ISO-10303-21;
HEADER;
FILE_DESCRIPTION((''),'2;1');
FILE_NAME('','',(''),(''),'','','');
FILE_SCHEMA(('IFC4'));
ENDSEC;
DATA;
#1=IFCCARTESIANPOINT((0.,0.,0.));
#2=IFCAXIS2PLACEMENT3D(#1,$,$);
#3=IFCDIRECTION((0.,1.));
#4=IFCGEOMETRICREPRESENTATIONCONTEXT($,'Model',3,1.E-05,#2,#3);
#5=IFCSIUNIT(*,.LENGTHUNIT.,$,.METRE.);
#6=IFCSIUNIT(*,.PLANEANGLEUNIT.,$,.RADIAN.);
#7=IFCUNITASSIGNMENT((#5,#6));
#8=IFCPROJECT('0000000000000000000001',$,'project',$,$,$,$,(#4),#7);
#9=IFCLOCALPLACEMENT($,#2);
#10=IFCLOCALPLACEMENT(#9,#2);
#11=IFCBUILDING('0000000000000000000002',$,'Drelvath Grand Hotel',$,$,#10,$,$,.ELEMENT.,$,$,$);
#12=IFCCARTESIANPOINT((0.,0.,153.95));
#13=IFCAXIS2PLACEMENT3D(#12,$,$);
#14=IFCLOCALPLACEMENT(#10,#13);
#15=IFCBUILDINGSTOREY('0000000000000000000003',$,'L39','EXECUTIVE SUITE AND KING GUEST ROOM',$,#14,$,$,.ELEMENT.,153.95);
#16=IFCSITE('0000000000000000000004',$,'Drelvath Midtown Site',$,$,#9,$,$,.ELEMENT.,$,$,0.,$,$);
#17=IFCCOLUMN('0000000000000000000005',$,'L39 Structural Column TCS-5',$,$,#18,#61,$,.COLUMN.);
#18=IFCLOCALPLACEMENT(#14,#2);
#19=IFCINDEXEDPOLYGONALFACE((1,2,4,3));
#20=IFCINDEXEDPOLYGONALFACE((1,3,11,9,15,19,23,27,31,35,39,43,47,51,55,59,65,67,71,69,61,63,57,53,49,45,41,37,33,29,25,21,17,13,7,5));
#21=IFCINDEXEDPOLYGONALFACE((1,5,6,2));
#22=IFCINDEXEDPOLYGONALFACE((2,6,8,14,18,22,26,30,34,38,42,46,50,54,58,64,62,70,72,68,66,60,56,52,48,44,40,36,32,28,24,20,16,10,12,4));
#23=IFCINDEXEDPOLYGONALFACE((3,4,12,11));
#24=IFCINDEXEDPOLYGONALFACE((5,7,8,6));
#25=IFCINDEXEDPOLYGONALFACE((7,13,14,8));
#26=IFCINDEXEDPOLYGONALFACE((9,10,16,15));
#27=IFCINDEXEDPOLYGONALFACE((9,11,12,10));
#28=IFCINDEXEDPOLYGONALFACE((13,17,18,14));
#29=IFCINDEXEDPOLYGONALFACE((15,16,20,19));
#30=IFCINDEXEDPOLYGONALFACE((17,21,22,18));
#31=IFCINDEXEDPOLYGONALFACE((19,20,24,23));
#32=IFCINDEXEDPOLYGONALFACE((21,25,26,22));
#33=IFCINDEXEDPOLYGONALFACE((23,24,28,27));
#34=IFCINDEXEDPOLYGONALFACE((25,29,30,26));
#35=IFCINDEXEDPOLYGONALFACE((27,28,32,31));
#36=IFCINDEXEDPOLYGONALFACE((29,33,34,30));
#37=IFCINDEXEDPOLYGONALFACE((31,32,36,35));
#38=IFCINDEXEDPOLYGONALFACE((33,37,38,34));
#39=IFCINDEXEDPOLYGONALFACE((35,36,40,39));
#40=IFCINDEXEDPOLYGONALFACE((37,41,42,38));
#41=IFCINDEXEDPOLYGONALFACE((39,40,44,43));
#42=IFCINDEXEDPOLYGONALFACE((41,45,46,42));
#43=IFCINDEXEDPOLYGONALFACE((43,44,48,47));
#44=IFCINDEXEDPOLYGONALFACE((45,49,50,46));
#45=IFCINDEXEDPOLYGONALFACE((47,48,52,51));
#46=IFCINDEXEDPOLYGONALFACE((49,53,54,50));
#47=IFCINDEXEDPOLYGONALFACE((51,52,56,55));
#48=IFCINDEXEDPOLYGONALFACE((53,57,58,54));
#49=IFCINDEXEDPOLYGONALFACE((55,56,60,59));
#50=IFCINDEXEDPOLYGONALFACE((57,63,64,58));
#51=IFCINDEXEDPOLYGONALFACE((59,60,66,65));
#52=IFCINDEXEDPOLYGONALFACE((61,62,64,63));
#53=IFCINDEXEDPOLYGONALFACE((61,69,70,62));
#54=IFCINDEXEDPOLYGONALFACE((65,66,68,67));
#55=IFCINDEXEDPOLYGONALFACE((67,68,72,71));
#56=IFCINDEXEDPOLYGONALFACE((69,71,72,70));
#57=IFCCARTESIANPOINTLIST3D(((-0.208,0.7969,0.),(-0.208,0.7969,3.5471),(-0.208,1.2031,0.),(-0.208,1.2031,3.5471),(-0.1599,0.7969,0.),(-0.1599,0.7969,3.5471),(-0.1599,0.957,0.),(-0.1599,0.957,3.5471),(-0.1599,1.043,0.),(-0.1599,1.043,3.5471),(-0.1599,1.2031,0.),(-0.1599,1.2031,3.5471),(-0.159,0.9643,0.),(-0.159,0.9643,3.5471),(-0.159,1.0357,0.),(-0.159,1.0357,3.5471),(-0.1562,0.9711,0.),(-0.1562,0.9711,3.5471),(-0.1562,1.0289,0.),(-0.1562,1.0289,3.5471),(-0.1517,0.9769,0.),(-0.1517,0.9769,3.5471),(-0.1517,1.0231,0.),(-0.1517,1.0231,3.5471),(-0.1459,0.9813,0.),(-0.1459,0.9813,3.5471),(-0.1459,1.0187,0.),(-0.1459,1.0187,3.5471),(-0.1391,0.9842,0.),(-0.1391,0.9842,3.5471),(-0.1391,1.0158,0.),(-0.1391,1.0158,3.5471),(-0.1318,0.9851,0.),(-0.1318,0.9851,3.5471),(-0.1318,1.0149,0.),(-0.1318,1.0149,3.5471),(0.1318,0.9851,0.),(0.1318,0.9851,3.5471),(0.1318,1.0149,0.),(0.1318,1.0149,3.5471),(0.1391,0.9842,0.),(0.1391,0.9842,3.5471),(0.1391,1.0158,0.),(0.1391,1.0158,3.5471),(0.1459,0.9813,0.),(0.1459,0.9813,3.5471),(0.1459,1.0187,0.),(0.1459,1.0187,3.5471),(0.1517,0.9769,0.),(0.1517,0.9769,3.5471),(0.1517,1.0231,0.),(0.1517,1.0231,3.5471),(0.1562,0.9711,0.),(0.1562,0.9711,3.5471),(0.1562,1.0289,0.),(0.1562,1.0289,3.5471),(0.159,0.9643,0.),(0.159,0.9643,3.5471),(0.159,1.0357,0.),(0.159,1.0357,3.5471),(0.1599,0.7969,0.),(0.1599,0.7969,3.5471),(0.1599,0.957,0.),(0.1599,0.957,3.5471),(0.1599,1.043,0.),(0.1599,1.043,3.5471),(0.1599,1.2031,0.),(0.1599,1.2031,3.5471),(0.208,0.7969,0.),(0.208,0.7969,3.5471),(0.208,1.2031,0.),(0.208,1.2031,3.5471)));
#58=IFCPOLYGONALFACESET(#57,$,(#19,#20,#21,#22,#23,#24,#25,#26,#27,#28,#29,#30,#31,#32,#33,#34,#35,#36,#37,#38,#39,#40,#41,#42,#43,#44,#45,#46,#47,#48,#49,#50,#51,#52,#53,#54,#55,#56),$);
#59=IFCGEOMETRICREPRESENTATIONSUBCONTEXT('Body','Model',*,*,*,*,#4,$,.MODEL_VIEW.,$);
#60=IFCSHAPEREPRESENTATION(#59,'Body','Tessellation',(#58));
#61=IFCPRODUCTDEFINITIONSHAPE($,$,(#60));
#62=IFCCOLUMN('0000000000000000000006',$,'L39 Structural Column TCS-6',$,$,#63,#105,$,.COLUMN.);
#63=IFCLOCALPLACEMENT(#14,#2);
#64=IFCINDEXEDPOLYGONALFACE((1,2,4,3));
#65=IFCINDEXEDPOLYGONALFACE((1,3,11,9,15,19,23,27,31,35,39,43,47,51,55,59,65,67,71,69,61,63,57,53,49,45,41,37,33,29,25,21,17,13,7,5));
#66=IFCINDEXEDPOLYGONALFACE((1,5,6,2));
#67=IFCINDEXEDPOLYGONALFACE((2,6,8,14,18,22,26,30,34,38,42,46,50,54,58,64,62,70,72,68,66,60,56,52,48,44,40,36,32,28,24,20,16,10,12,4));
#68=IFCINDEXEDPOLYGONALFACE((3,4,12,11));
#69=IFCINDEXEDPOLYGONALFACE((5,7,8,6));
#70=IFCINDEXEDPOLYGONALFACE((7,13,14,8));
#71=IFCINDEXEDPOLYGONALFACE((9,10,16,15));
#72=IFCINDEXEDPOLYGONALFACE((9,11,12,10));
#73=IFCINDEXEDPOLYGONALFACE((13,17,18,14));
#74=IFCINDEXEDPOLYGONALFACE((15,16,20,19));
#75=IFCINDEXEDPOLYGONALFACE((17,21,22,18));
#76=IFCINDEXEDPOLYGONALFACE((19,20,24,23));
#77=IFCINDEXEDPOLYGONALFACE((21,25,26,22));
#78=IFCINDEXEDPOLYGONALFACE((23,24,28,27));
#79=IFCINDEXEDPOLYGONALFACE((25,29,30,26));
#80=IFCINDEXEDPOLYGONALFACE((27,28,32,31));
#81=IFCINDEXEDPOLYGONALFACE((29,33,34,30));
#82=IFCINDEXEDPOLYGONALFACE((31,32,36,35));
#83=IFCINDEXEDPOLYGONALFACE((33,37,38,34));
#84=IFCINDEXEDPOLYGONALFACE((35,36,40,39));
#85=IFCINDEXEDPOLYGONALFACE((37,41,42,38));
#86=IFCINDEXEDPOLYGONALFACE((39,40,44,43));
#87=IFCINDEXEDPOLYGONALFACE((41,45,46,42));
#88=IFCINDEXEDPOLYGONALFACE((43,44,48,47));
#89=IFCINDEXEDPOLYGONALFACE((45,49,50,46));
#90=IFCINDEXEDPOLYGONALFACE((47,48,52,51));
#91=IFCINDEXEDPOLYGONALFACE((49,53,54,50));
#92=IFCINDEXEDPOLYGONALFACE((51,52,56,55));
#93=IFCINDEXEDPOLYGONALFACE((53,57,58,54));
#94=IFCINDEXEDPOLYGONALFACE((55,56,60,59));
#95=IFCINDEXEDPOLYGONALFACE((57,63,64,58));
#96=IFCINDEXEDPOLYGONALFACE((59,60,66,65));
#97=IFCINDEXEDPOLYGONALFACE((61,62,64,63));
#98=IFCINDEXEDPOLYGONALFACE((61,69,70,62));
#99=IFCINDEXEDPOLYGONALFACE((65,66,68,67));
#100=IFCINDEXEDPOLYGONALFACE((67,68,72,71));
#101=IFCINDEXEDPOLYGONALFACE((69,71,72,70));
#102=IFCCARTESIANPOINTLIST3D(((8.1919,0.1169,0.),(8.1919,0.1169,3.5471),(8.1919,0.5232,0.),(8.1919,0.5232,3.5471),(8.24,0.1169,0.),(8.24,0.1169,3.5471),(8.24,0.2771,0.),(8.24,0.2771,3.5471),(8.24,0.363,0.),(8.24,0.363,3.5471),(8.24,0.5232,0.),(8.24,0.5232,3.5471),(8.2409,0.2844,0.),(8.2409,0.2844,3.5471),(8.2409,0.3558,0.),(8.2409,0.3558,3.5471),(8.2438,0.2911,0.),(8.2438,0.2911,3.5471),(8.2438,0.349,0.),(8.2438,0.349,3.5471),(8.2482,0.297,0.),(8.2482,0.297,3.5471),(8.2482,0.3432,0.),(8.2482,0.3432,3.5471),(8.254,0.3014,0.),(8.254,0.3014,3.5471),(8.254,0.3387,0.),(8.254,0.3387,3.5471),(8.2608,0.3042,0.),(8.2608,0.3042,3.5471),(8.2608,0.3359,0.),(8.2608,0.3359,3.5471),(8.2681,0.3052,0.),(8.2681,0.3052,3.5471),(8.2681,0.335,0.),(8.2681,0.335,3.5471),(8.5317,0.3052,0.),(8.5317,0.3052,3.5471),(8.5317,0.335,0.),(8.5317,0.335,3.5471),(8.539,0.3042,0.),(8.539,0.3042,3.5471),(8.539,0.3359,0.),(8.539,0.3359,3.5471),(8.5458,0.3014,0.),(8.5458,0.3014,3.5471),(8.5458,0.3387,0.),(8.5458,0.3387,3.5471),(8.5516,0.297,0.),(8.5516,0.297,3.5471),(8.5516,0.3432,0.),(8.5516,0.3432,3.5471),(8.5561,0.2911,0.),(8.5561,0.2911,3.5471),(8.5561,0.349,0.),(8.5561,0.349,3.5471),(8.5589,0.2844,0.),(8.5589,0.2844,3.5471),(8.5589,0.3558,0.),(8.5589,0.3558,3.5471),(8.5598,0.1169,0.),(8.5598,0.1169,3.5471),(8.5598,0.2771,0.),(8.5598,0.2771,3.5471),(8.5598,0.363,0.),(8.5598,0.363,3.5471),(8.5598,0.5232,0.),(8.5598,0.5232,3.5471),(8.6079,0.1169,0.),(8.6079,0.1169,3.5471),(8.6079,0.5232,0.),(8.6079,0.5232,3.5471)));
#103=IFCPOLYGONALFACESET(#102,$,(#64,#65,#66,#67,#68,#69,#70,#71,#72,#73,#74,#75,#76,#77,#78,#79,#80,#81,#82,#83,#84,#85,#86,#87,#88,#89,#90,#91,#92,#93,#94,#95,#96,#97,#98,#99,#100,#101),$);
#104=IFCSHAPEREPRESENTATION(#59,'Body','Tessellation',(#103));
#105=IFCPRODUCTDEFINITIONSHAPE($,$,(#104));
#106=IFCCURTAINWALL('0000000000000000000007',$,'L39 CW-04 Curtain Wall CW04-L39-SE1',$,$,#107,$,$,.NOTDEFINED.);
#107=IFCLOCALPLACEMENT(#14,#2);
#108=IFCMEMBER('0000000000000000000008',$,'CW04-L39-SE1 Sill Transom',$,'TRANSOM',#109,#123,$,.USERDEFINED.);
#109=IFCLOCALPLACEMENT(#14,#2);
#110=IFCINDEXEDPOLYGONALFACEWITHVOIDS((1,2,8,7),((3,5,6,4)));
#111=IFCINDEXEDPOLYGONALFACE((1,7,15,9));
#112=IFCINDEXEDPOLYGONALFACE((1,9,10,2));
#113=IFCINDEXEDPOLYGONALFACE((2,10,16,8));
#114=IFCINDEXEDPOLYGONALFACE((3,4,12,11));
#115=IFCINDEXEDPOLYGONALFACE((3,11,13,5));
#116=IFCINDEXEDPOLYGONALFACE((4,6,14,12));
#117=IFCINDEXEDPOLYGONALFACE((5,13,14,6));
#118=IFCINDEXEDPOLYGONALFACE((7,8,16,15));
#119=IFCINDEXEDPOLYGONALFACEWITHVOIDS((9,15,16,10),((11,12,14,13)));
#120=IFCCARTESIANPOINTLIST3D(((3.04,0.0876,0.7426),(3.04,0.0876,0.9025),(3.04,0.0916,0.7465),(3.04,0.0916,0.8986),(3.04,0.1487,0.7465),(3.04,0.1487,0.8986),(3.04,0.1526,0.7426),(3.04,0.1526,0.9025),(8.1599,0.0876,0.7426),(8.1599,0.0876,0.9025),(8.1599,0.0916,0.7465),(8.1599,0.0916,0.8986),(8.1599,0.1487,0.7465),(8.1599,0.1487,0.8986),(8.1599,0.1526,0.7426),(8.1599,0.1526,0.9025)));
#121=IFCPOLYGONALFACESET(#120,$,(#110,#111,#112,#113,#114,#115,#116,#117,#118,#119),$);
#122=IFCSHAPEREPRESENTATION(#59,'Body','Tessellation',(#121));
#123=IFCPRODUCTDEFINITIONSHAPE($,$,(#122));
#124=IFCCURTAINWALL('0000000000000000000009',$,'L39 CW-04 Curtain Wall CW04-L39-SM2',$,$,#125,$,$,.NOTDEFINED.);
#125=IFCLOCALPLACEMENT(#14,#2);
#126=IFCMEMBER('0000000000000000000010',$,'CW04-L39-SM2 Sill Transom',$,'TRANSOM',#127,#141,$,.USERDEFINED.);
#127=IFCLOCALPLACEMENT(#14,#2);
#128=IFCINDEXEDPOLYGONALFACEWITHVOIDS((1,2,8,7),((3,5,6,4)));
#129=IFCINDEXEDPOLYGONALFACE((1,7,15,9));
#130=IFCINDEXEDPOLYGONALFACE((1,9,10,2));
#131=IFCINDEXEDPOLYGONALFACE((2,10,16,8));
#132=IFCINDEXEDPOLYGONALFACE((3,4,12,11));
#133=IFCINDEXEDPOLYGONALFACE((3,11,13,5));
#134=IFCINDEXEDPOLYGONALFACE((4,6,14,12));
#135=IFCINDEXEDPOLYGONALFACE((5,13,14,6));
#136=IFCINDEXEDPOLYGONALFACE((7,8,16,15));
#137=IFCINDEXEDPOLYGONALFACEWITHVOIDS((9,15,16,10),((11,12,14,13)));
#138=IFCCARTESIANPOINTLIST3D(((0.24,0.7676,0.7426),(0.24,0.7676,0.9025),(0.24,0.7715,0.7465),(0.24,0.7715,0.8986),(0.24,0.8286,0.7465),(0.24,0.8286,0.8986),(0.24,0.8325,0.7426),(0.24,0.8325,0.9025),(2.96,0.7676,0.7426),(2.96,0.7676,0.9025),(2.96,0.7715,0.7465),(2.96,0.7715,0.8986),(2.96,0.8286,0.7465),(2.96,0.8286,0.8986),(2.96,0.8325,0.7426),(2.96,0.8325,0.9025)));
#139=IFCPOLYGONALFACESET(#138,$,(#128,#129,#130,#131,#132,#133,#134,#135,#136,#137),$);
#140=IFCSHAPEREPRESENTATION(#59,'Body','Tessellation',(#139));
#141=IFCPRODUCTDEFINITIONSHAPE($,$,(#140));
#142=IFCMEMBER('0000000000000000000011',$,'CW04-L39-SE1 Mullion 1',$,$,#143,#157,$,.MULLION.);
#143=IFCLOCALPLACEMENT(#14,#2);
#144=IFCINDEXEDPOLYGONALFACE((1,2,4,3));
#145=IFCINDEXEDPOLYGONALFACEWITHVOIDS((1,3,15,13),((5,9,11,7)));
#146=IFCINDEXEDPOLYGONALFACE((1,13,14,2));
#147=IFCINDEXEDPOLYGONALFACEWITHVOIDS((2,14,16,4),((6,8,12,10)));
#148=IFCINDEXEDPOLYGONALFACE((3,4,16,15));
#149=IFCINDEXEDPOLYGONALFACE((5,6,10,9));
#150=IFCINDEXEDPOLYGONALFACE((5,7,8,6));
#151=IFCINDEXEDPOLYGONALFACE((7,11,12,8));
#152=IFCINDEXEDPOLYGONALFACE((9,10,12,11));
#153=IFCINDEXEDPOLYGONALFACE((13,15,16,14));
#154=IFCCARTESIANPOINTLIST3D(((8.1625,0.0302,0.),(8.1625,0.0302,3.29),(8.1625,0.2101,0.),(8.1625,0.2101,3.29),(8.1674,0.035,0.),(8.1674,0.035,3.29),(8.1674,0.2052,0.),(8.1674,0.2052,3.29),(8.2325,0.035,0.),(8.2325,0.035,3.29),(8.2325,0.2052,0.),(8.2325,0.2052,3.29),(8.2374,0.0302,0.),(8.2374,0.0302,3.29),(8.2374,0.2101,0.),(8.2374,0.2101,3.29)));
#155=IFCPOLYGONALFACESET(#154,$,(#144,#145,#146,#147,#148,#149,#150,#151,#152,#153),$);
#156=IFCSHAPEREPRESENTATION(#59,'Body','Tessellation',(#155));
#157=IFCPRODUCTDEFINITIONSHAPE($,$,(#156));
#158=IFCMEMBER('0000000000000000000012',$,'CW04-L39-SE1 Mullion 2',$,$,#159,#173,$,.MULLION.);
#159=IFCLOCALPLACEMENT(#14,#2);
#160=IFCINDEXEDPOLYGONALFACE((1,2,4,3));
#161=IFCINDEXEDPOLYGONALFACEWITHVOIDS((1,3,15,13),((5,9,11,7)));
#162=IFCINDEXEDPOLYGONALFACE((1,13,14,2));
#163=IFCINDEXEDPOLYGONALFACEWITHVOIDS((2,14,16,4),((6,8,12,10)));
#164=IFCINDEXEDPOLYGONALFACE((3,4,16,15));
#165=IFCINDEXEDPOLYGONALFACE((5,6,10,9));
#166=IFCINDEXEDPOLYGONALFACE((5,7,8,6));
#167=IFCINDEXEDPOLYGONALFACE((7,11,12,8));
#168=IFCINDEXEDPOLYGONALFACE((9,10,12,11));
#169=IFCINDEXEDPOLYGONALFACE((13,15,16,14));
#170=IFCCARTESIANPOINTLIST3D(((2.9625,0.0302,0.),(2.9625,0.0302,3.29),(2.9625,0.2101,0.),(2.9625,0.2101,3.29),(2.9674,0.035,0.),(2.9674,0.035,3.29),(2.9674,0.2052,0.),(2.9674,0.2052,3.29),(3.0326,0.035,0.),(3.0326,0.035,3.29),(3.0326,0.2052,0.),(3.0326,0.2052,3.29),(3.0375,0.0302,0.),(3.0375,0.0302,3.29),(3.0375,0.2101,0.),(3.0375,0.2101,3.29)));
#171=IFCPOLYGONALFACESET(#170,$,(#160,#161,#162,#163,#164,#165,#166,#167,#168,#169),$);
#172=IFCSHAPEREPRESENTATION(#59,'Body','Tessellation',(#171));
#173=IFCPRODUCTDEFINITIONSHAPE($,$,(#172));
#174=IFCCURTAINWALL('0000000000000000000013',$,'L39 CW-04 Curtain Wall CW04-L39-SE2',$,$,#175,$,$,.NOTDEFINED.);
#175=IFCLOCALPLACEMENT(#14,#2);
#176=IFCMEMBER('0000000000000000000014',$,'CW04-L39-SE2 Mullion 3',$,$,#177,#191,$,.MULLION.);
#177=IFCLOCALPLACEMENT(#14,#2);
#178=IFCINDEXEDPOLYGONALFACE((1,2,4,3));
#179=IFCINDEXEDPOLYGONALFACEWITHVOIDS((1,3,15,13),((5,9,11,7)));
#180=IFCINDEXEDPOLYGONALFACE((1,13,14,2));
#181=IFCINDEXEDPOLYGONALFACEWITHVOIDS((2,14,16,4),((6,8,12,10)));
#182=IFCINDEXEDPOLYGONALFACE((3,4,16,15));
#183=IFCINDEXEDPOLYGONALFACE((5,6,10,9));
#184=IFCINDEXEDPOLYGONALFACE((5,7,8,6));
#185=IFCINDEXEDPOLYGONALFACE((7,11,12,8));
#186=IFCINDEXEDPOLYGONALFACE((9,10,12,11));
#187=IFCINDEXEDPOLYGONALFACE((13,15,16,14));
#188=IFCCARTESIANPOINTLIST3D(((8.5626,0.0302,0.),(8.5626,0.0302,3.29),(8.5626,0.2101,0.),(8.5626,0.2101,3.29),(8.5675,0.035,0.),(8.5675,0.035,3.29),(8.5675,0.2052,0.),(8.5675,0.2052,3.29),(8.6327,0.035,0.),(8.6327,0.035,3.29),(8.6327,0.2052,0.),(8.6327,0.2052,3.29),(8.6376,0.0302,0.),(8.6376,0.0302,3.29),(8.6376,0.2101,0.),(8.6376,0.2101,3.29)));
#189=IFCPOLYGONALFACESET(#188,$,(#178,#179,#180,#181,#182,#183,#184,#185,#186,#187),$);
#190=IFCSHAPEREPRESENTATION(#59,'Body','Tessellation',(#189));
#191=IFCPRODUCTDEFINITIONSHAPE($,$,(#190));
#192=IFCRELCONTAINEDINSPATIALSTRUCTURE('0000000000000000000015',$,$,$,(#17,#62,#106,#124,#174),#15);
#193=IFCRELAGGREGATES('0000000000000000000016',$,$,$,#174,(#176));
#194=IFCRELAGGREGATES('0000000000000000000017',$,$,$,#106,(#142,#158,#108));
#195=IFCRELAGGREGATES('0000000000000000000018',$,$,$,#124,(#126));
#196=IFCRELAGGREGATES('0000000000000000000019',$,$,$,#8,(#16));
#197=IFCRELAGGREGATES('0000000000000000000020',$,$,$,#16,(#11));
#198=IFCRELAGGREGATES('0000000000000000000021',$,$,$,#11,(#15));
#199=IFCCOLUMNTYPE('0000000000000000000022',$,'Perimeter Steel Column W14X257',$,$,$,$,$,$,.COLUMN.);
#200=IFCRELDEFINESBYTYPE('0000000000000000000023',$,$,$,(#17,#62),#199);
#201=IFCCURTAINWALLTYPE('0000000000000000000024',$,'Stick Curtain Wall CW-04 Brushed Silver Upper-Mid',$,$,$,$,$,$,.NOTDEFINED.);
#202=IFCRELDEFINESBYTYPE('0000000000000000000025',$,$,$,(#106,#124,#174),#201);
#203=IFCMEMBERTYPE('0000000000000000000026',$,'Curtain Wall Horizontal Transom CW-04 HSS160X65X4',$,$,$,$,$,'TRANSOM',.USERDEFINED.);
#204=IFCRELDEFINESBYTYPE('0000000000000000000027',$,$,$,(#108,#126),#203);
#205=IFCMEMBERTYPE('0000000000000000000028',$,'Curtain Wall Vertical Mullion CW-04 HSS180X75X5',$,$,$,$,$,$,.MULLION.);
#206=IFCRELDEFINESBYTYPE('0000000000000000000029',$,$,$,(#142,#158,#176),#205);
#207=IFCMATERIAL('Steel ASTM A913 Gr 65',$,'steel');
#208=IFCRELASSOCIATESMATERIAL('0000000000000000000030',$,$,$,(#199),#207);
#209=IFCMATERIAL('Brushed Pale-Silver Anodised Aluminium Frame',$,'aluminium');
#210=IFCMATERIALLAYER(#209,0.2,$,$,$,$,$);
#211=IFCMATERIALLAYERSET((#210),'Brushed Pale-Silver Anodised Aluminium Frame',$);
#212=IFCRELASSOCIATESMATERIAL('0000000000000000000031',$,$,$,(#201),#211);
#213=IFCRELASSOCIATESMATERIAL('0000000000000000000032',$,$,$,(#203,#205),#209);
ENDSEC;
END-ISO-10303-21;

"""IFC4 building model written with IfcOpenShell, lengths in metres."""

from ifc_helpers import new_model, si_unit, direction, frame, origin, origin_2d, place, context, subcontext, project, spatial, hollow_rectangle, i_section, extrude, material, layer, layer_set, material_profile, profile_set, type_object, element, aggregate, save


model = new_model("IFC4")

# Units and contexts
model_context = context("Model", 3, precision=1e-05, world=origin(), true_north=direction((0.0, 1.0)))
body_context = subcontext(model_context, "Body", "Model", "MODEL_VIEW")
ifc_project = project(units=[si_unit("LENGTHUNIT", "METRE"), si_unit("PLANEANGLEUNIT", "RADIAN")], contexts=[model_context])

# Site, building, storey
site_placement = place(None, origin())
site = spatial("IfcSite", under=ifc_project, at=site_placement, Name="Drelvath Midtown Site", CompositionType="ELEMENT", RefElevation=0.0)
building_placement = place(site_placement, origin())
building = spatial("IfcBuilding", under=site, at=building_placement, Name="Drelvath Grand Hotel", CompositionType="ELEMENT")
storey_placement = place(building_placement, frame((0.0, 0.0, 153.95)))
storey = spatial("IfcBuildingStorey", under=building, at=storey_placement, Name="L39", Description="EXECUTIVE SUITE AND KING GUEST ROOM", CompositionType="ELEMENT", Elevation=153.95)

# Columns
ifc_material_1 = material(Name="Steel ASTM A913 Gr 65", Category="steel")
ifc_material_profile_1 = material_profile(ifc_material_1, i_section(OverallWidth=0.4062, OverallDepth=0.416, WebThickness=0.0298, FlangeThickness=0.0481, FilletRadius=0.0281, at=origin_2d()), Name="W14X257")
ifc_profile_set_1 = profile_set([ifc_material_profile_1], Name="Steel ASTM A913 Gr 65")
column_type = type_object("IfcColumnType", Name="Perimeter Steel Column W14X257", PredefinedType="COLUMN", material=ifc_profile_set_1)
for number, where, z_axis, x_axis, name in (
    (1, (0.0, 1.0, 0.0), (0.0, 0.0, 1.0), (0.0, 1.0, 0.0), "L39 Structural Column TCS-5"),
    (2, (8.3999, 0.3201, 0.0), (0.0, 0.0, 1.0), (0.0, 1.0, 0.0), "L39 Structural Column TCS-6"),
):
    element("IfcColumn", number, at=place(storey_placement, frame(where, z_axis=z_axis, x_axis=x_axis)), inside=storey, type_object=column_type, Name=name, PredefinedType="COLUMN", context=body_context, shape_type="SweptSolid", body=[
        extrude(i_section(OverallWidth=0.4062, OverallDepth=0.416, WebThickness=0.0298, FlangeThickness=0.0481, FilletRadius=0.0281, at=origin_2d()), origin(), (0.0, 0.0, 1.0), 3.5471),
    ])

# Curtain walls, members
ifc_material_2 = material(Name="Brushed Pale-Silver Anodised Aluminium Frame", Category="aluminium")
ifc_layer_1 = layer(ifc_material_2, 0.2)
ifc_layer_set_1 = layer_set([ifc_layer_1], Name="Brushed Pale-Silver Anodised Aluminium Frame")
curtain_wall_type = type_object("IfcCurtainWallType", Name="Stick Curtain Wall CW-04 Brushed Silver Upper-Mid", PredefinedType="NOTDEFINED", material=ifc_layer_set_1)
curtain_wall_1_placement = place(storey_placement, origin())
curtain_wall_1 = element("IfcCurtainWall", 3, at=curtain_wall_1_placement, inside=storey, type_object=curtain_wall_type, Name="L39 CW-04 Curtain Wall CW04-L39-SE1", PredefinedType="NOTDEFINED")
ifc_material_profile_2 = material_profile(ifc_material_2, hollow_rectangle(XDim=0.0649, YDim=0.1599, WallThickness=0.0039, at=origin_2d()), Name="HSS160X65X4")
ifc_profile_set_2 = profile_set([ifc_material_profile_2], Name="Brushed Pale-Silver Anodised Aluminium Frame")
member_type_1 = type_object("IfcMemberType", Name="Curtain Wall Horizontal Transom CW-04 HSS160X65X4", ElementType="TRANSOM", PredefinedType="USERDEFINED", material=ifc_profile_set_2)
member_1_placement = place(storey_placement, frame((8.1599, 0.1201, 0.8225), z_axis=(-1.0, 0.0, 0.0), x_axis=(0.0, -1.0, 0.0)))
member_1 = element("IfcMember", 4, at=member_1_placement, type_object=member_type_1, Name="CW04-L39-SE1 Sill Transom", ObjectType="TRANSOM", PredefinedType="USERDEFINED", context=body_context, shape_type="SweptSolid", body=[
    extrude(hollow_rectangle(XDim=0.0649, YDim=0.1599, WallThickness=0.0039, at=origin_2d()), origin(), (0.0, 0.0, 1.0), 5.1199),
])
curtain_wall_2_placement = place(storey_placement, origin())
curtain_wall_2 = element("IfcCurtainWall", 5, at=curtain_wall_2_placement, inside=storey, type_object=curtain_wall_type, Name="L39 CW-04 Curtain Wall CW04-L39-SM2", PredefinedType="NOTDEFINED")
member_2_placement = place(storey_placement, frame((2.96, 0.8, 0.8225), z_axis=(-1.0, 0.0, 0.0), x_axis=(0.0, -1.0, 0.0)))
member_2 = element("IfcMember", 6, at=member_2_placement, type_object=member_type_1, Name="CW04-L39-SM2 Sill Transom", ObjectType="TRANSOM", PredefinedType="USERDEFINED", context=body_context, shape_type="SweptSolid", body=[
    extrude(hollow_rectangle(XDim=0.0649, YDim=0.1599, WallThickness=0.0039, at=origin_2d()), origin(), (0.0, 0.0, 1.0), 2.72),
])

# Members
ifc_material_profile_3 = material_profile(ifc_material_2, hollow_rectangle(XDim=0.075, YDim=0.1799, WallThickness=0.0049, at=origin_2d()), Name="HSS180X75X5")
ifc_profile_set_3 = profile_set([ifc_material_profile_3], Name="Brushed Pale-Silver Anodised Aluminium Frame")
member_type_2 = type_object("IfcMemberType", Name="Curtain Wall Vertical Mullion CW-04 HSS180X75X5", PredefinedType="MULLION", material=ifc_profile_set_3)
member_3_placement = place(storey_placement, frame((8.2, 0.1201, 0.0), z_axis=(0.0, 0.0, 1.0), x_axis=(1.0, 0.0, 0.0)))
member_3 = element("IfcMember", 7, at=member_3_placement, type_object=member_type_2, Name="CW04-L39-SE1 Mullion 1", PredefinedType="MULLION", context=body_context, shape_type="SweptSolid", body=[
    extrude(hollow_rectangle(XDim=0.075, YDim=0.1799, WallThickness=0.0049, at=origin_2d()), origin(), (0.0, 0.0, 1.0), 3.29),
])
member_4_placement = place(storey_placement, frame((3.0, 0.1201, 0.0), z_axis=(0.0, 0.0, 1.0), x_axis=(1.0, 0.0, 0.0)))
member_4 = element("IfcMember", 8, at=member_4_placement, type_object=member_type_2, Name="CW04-L39-SE1 Mullion 2", PredefinedType="MULLION", context=body_context, shape_type="SweptSolid", body=[
    extrude(hollow_rectangle(XDim=0.075, YDim=0.1799, WallThickness=0.0049, at=origin_2d()), origin(), (0.0, 0.0, 1.0), 3.29),
])

# Curtain wall, member
curtain_wall_3_placement = place(storey_placement, origin())
curtain_wall_3 = element("IfcCurtainWall", 9, at=curtain_wall_3_placement, inside=storey, type_object=curtain_wall_type, Name="L39 CW-04 Curtain Wall CW04-L39-SE2", PredefinedType="NOTDEFINED")
member_5_placement = place(storey_placement, frame((8.6001, 0.1201, 0.0), z_axis=(0.0, 0.0, 1.0), x_axis=(1.0, 0.0, 0.0)))
member_5 = element("IfcMember", 10, at=member_5_placement, type_object=member_type_2, Name="CW04-L39-SE2 Mullion 3", PredefinedType="MULLION", context=body_context, shape_type="SweptSolid", body=[
    extrude(hollow_rectangle(XDim=0.075, YDim=0.1799, WallThickness=0.0049, at=origin_2d()), origin(), (0.0, 0.0, 1.0), 3.29),
])
aggregate(curtain_wall_3, [member_5])

aggregate(curtain_wall_1, [member_3, member_4, member_1])
aggregate(curtain_wall_2, [member_2])

save(model, "model.ifc")
